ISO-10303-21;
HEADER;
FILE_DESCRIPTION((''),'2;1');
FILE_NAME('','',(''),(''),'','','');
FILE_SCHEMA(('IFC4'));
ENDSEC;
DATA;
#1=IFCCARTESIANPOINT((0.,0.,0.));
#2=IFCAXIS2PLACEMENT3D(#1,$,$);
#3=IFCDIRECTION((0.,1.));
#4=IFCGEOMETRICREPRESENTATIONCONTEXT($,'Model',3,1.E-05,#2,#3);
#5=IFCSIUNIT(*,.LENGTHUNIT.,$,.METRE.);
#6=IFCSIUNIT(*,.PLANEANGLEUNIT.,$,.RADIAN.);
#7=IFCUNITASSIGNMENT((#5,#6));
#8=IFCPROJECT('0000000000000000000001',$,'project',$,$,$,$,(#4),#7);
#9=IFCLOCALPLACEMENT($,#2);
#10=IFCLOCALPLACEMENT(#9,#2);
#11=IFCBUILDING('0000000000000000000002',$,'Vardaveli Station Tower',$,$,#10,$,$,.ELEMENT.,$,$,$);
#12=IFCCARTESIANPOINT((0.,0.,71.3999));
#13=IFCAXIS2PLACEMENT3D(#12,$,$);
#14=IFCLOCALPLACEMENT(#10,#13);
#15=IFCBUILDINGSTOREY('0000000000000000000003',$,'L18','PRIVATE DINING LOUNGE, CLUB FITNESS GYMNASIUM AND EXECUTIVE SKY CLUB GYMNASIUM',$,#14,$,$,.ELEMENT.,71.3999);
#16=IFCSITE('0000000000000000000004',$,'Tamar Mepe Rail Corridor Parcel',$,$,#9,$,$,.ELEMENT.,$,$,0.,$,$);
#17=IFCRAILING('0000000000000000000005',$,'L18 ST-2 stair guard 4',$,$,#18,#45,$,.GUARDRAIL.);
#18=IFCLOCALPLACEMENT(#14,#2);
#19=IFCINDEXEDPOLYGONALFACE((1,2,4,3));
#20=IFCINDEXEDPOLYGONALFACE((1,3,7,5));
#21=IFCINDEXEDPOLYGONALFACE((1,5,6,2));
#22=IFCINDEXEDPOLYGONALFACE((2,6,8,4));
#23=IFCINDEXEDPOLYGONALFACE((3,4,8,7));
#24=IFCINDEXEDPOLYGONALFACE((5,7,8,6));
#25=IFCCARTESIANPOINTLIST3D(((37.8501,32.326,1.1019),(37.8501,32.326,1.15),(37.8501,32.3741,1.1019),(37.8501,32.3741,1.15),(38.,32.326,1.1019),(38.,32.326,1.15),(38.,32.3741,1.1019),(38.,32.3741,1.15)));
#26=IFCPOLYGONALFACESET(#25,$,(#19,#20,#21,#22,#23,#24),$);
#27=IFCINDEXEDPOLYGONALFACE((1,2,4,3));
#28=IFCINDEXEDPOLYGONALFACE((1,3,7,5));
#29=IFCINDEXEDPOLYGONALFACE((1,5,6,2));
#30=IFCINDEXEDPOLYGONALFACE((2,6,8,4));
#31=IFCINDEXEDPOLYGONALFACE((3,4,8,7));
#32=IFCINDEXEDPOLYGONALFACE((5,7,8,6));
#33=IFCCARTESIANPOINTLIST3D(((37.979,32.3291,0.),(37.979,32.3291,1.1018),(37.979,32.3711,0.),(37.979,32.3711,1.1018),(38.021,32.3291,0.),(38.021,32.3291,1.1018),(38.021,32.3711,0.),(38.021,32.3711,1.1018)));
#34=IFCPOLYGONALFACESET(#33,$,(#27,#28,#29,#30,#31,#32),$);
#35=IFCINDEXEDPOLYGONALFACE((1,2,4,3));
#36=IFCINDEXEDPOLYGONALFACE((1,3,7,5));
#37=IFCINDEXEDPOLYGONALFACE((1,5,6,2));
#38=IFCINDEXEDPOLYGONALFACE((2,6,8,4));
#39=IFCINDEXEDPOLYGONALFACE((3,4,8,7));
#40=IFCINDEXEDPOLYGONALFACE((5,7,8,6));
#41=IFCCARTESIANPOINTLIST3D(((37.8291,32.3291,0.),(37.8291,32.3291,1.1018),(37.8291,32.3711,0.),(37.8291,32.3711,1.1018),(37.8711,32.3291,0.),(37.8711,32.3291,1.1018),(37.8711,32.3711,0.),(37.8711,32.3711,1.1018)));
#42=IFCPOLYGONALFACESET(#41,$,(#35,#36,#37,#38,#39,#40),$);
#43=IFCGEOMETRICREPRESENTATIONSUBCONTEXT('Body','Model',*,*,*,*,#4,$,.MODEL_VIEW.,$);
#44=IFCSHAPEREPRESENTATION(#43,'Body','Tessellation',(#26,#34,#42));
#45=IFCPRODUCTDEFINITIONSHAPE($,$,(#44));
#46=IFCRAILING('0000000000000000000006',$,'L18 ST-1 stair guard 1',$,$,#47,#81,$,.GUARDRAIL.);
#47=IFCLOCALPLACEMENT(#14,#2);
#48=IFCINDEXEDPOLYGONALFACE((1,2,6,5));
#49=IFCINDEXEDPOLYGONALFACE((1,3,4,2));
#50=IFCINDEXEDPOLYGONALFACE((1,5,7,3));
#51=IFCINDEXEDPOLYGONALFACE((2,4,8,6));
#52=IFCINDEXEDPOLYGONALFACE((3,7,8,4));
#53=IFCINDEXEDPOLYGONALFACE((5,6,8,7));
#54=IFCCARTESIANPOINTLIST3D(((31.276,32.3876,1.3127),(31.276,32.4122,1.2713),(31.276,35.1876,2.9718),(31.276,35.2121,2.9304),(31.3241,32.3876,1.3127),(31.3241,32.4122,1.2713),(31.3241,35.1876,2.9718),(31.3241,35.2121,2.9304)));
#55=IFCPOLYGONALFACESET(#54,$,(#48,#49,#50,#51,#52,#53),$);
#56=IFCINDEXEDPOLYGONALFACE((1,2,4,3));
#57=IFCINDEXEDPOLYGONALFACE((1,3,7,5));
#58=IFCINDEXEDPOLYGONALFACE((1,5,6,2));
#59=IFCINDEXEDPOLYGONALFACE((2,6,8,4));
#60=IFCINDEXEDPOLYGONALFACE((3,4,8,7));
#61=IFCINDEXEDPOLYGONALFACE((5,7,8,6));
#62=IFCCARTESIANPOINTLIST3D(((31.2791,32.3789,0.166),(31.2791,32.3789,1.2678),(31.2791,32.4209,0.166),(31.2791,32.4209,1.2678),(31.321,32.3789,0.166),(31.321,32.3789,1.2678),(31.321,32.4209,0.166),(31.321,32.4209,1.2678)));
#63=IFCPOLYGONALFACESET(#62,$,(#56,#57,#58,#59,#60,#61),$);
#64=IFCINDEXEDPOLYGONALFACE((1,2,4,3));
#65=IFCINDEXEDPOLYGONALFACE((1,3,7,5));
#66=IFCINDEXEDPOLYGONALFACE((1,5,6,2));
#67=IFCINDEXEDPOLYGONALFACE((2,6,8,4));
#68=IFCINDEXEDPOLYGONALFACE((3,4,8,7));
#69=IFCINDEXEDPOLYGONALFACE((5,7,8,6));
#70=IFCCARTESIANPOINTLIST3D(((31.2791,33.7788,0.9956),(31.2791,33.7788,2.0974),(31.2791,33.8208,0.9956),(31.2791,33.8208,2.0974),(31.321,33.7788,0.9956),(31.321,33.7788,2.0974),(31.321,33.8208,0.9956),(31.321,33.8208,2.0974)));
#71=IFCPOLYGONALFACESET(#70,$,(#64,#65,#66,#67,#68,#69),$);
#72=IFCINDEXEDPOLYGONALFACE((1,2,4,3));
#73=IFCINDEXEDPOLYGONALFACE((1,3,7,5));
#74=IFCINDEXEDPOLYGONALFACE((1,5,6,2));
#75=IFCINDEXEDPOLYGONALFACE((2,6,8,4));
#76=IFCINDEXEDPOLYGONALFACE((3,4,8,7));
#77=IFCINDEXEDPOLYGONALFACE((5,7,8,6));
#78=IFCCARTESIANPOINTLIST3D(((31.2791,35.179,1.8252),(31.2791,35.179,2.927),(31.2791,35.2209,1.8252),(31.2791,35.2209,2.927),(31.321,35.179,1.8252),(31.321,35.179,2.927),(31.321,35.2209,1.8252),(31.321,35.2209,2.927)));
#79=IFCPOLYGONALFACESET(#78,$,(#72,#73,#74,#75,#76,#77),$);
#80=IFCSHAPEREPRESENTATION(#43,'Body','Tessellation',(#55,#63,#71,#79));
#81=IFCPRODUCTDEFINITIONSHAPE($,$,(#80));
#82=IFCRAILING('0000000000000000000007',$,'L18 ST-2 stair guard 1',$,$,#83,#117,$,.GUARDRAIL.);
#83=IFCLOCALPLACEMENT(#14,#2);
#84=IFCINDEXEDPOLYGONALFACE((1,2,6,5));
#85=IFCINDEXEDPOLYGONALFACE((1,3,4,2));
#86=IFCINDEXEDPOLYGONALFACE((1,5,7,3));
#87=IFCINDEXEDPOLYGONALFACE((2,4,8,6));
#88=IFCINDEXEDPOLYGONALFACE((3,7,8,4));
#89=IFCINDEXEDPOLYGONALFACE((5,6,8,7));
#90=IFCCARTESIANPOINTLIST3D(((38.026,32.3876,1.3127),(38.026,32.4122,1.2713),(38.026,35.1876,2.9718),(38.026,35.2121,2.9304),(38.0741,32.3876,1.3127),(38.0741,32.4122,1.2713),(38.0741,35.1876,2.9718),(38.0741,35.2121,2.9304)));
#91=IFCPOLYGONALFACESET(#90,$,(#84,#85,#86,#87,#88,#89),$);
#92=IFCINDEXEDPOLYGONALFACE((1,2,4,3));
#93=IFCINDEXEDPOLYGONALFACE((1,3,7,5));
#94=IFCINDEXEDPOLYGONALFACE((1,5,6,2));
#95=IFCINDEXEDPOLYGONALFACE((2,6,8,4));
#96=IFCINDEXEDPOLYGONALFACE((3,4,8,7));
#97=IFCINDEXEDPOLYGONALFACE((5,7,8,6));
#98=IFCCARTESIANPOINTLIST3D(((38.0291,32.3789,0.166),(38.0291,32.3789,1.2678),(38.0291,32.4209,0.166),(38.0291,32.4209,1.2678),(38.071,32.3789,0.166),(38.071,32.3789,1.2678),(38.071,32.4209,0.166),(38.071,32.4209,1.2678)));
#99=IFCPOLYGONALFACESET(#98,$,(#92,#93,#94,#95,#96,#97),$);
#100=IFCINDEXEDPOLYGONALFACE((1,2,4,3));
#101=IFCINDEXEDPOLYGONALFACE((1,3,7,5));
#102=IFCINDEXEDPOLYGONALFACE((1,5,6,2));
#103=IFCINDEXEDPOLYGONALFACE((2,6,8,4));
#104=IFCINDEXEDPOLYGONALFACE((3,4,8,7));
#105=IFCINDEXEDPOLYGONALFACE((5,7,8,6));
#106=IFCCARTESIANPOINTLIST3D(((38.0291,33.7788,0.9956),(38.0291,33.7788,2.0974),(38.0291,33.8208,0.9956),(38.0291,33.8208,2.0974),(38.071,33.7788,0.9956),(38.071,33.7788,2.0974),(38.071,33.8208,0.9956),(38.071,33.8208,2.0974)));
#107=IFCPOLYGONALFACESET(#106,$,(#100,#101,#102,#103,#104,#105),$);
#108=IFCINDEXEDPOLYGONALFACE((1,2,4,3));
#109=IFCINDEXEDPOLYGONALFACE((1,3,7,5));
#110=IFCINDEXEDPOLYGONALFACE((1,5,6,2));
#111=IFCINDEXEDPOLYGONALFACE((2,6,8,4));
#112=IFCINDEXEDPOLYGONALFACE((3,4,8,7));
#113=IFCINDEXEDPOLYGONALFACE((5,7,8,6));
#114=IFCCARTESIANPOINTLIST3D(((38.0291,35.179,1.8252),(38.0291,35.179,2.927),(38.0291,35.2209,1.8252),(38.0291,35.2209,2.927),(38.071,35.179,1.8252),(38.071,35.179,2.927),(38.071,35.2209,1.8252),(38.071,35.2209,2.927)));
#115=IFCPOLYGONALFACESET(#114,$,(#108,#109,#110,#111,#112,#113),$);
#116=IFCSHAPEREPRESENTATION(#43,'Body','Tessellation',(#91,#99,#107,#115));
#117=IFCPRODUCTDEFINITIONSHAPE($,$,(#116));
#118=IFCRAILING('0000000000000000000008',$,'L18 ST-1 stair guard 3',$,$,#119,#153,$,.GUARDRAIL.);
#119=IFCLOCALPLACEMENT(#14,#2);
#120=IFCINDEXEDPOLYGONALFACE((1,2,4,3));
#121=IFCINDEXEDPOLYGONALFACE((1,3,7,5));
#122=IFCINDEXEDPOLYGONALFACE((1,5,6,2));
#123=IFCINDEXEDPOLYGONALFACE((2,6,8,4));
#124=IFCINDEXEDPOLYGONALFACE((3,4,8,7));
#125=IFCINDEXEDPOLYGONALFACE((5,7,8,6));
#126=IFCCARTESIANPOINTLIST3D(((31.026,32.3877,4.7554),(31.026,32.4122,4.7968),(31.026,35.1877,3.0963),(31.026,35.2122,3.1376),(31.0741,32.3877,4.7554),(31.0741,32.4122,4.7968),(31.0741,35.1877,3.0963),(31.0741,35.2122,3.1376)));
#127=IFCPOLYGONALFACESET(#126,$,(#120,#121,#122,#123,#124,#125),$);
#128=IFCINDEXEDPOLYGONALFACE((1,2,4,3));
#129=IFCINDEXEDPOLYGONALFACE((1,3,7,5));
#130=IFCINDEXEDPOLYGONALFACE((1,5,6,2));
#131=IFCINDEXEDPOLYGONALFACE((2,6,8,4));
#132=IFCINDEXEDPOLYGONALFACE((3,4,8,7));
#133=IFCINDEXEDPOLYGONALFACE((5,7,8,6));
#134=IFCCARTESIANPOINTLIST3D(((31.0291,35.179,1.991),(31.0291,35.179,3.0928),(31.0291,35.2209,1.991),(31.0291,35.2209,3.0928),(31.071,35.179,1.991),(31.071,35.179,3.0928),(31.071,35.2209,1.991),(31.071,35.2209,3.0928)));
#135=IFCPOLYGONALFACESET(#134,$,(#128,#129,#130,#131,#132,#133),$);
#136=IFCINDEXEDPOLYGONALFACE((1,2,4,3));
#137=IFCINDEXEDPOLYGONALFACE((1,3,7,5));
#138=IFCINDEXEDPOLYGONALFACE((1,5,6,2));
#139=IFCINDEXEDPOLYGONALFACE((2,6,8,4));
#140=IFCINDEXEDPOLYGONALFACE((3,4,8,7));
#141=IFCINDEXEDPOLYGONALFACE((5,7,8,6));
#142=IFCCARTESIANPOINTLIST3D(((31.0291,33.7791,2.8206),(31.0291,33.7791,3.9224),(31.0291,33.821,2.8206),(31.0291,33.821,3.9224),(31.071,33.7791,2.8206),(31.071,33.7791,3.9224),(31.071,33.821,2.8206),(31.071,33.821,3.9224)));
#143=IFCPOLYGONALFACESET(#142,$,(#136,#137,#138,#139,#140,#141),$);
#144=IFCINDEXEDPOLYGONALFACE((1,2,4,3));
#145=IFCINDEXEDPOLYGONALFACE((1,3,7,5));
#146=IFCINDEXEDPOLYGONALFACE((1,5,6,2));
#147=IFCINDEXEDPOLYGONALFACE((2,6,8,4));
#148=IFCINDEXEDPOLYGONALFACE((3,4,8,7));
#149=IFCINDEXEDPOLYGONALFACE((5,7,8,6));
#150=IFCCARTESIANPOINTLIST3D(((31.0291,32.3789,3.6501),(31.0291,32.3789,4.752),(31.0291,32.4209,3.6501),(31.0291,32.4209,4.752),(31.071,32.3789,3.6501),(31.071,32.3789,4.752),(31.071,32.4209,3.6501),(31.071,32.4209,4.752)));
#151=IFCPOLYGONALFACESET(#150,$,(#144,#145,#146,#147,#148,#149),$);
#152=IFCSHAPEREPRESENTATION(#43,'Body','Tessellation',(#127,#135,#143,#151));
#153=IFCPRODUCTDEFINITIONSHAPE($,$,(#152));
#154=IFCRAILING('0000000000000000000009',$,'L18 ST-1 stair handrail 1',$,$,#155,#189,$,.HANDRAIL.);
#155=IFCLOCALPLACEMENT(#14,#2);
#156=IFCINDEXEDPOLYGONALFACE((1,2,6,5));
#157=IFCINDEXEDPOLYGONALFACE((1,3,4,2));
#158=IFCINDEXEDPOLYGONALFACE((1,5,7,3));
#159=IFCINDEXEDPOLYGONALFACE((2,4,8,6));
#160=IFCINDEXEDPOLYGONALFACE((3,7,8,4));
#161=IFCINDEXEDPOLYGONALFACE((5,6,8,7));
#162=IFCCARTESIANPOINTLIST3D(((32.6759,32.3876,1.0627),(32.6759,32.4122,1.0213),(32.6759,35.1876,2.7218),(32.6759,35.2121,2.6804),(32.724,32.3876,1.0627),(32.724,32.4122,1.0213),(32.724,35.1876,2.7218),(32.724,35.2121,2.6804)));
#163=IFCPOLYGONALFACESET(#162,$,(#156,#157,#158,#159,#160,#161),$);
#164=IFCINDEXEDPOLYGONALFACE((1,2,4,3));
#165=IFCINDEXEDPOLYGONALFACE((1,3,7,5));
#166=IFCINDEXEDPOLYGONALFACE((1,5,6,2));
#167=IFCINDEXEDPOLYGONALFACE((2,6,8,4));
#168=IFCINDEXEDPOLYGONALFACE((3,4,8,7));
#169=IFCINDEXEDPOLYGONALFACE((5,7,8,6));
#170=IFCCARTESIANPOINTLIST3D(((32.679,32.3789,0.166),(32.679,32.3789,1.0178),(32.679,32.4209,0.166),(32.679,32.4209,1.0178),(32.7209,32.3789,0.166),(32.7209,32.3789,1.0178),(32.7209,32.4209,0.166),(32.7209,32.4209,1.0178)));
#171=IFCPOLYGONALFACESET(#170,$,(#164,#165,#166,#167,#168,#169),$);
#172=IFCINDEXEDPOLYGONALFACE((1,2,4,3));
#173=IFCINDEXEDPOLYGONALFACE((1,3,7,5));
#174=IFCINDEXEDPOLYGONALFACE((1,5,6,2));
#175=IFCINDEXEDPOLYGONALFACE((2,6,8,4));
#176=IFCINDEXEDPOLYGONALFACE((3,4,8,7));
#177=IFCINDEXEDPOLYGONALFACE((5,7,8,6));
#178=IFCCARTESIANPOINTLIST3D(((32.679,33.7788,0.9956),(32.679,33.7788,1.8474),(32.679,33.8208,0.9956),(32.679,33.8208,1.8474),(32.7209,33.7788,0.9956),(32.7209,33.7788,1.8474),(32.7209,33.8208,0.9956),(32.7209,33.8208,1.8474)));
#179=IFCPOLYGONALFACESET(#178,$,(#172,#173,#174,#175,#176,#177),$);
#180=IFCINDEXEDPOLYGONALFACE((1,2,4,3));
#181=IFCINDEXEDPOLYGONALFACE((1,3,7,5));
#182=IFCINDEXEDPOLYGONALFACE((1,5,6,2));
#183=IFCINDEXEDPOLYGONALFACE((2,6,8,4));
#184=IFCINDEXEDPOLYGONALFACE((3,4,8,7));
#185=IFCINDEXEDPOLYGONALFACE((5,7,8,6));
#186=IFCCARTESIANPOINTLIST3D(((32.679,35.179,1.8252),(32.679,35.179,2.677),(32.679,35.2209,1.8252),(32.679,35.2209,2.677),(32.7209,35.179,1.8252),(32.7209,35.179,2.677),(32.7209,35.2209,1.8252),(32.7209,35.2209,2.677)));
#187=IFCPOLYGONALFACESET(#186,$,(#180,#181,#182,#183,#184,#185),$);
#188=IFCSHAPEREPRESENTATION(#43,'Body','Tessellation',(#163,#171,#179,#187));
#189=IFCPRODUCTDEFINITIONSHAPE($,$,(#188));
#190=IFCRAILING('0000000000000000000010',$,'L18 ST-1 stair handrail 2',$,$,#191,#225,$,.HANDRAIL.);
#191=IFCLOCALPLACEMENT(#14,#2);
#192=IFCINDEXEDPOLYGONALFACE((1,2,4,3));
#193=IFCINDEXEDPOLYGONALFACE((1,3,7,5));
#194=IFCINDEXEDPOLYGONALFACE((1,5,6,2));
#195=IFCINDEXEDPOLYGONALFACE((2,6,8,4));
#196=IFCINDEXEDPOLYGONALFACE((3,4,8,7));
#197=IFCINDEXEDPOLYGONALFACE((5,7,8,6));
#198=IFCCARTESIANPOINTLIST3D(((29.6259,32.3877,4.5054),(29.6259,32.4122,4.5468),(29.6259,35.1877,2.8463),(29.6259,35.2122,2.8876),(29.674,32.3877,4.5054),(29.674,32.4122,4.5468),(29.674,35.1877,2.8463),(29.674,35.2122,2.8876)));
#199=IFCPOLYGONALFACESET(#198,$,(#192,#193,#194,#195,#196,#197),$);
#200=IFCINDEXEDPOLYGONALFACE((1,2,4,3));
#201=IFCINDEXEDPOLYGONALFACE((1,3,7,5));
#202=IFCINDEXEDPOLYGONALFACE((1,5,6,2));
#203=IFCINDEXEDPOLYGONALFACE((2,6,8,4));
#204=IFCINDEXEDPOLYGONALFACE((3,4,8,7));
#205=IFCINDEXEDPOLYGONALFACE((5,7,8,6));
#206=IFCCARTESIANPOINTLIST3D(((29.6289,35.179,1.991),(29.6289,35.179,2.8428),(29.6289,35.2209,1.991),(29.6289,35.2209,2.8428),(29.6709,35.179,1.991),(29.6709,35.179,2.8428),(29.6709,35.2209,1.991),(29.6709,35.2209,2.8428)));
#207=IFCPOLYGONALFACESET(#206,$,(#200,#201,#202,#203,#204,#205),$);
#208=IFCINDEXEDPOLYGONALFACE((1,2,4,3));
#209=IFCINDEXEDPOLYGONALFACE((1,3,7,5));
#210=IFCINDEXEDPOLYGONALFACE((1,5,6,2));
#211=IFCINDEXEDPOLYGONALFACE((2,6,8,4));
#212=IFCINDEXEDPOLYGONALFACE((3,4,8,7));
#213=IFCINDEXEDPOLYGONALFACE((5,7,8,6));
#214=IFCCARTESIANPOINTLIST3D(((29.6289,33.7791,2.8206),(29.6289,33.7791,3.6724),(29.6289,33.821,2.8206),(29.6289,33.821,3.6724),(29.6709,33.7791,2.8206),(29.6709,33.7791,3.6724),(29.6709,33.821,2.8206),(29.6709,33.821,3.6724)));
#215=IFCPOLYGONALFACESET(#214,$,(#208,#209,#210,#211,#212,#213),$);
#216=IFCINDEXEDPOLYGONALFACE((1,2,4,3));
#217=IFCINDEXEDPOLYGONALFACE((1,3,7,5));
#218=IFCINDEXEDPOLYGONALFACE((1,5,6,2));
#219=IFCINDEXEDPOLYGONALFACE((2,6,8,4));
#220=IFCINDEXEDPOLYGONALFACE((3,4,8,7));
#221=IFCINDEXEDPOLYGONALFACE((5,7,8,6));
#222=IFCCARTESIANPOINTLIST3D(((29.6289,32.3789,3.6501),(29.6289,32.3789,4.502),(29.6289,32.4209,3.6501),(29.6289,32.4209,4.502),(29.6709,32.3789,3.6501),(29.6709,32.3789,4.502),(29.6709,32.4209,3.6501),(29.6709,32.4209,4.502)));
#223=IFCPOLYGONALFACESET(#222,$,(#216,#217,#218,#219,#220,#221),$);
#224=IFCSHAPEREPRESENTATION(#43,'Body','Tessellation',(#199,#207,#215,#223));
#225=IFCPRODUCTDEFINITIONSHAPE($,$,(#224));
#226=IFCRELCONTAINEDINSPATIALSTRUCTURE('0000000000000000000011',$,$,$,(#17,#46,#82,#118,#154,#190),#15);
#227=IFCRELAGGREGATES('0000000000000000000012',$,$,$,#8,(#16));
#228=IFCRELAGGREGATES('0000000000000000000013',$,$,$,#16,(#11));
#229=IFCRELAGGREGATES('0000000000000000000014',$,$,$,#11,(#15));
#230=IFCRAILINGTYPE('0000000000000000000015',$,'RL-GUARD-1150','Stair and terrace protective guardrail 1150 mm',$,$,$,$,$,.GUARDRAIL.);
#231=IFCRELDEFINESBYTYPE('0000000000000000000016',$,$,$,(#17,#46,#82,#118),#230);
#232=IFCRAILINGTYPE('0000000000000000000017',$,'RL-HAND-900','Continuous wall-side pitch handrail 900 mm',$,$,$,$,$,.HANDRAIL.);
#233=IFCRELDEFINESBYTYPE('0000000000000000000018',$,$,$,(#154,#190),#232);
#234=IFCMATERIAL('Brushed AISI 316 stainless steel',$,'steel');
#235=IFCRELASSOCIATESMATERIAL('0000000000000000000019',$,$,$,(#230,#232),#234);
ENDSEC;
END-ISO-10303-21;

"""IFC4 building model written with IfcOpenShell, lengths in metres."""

from ifc_helpers import new_model, si_unit, direction, frame, origin, origin_2d, place, context, subcontext, project, spatial, rectangle, extrude, source, transform, mapped, material, type_object, element, save


model = new_model("IFC4")

# Units and contexts
model_context = context("Model", 3, precision=1e-05, world=origin(), true_north=direction((0.0, 1.0)))
body_context = subcontext(model_context, "Body", "Model", "MODEL_VIEW")
ifc_project = project(units=[si_unit("LENGTHUNIT", "METRE"), si_unit("PLANEANGLEUNIT", "RADIAN")], contexts=[model_context])

# Site, building, storey
site_placement = place(None, origin())
site = spatial("IfcSite", under=ifc_project, at=site_placement, Name="Tamar Mepe Rail Corridor Parcel", CompositionType="ELEMENT", RefElevation=0.0)
building_placement = place(site_placement, origin())
building = spatial("IfcBuilding", under=site, at=building_placement, Name="Vardaveli Station Tower", CompositionType="ELEMENT")
storey_placement = place(building_placement, frame((0.0, 0.0, 71.3999)))
storey = spatial("IfcBuildingStorey", under=building, at=storey_placement, Name="L18", Description="PRIVATE DINING LOUNGE, CLUB FITNESS GYMNASIUM AND EXECUTIVE SKY CLUB GYMNASIUM", CompositionType="ELEMENT", Elevation=71.3999)

# Railings
ifc_material_1 = material(Name="Brushed AISI 316 stainless steel", Category="steel")
railing_type_1 = type_object("IfcRailingType", Name="RL-GUARD-1150", Description="Stair and terrace protective guardrail 1150 mm", PredefinedType="GUARDRAIL", material=ifc_material_1)
shared_shape_1 = source(origin(), body_context, "Body", "SweptSolid", [
    extrude(rectangle(XDim=0.0481, YDim=0.0481, at=origin_2d()), frame((0.0, 0.0, 1.126), z_axis=(-1.0, 0.0, 0.0), x_axis=(0.0, -1.0, 0.0)), (0.0, 0.0, 1.0), 0.1499),
    extrude(rectangle(XDim=0.042, YDim=0.042, at=origin_2d()), origin(), (0.0, 0.0, 1.0), 1.1018),
    extrude(rectangle(XDim=0.042, YDim=0.042, at=origin_2d()), frame((-0.1499, 0.0, 0.0)), (0.0, 0.0, 1.0), 1.1018),
])
for number, where, name in (
    (1, (38.0, 32.3501, 0.0), "L18 ST-2 stair guard 4"),
):
    element("IfcRailing", number, at=place(storey_placement, frame(where)), inside=storey, type_object=railing_type_1, Name=name, PredefinedType="GUARDRAIL", context=body_context, shape_type="MappedRepresentation", body=[
        mapped(shared_shape_1, transform((0.0, 0.0, 0.0), scale=1.0)),
    ])
shared_shape_2 = source(origin(), body_context, "Body", "SweptSolid", [
    extrude(rectangle(XDim=0.0481, YDim=0.0481, at=origin_2d()), frame((0.0, 0.0, 1.126), z_axis=(0.0, 0.860306, 0.509778), x_axis=(-1.0, 0.0, 0.0)), (0.0, 0.0, 1.0), 3.2546),
    extrude(rectangle(XDim=0.042, YDim=0.042, at=origin_2d()), origin(), (0.0, 0.0, 1.0), 1.1018),
    extrude(rectangle(XDim=0.042, YDim=0.042, at=origin_2d()), frame((0.0, 1.3999, 0.8296)), (0.0, 0.0, 1.0), 1.1018),
    extrude(rectangle(XDim=0.042, YDim=0.042, at=origin_2d()), frame((0.0, 2.8, 1.6592)), (0.0, 0.0, 1.0), 1.1018),
])
for number, where, name in (
    (2, (31.3, 32.3999, 0.166), "L18 ST-1 stair guard 1"),
    (3, (38.05, 32.3999, 0.166), "L18 ST-2 stair guard 1"),
):
    element("IfcRailing", number, at=place(storey_placement, frame(where)), inside=storey, type_object=railing_type_1, Name=name, PredefinedType="GUARDRAIL", context=body_context, shape_type="MappedRepresentation", body=[
        mapped(shared_shape_2, transform((0.0, 0.0, 0.0), scale=1.0)),
    ])
shared_shape_3 = source(origin(), body_context, "Body", "SweptSolid", [
    extrude(rectangle(XDim=0.0481, YDim=0.0481, at=origin_2d()), frame((0.0, 0.0, 1.126), z_axis=(0.0, -0.860306, 0.509778), x_axis=(1.0, 0.0, 0.0)), (0.0, 0.0, 1.0), 3.2546),
    extrude(rectangle(XDim=0.042, YDim=0.042, at=origin_2d()), origin(), (0.0, 0.0, 1.0), 1.1018),
    extrude(rectangle(XDim=0.042, YDim=0.042, at=origin_2d()), frame((0.0, -1.3999, 0.8296)), (0.0, 0.0, 1.0), 1.1018),
    extrude(rectangle(XDim=0.042, YDim=0.042, at=origin_2d()), frame((0.0, -2.8, 1.6592)), (0.0, 0.0, 1.0), 1.1018),
])
railing_1_placement = place(storey_placement, frame((31.05, 35.2, 1.991)))
element("IfcRailing", 4, at=railing_1_placement, inside=storey, type_object=railing_type_1, Name="L18 ST-1 stair guard 3", PredefinedType="GUARDRAIL", context=body_context, shape_type="MappedRepresentation", body=[
    mapped(shared_shape_3, transform((0.0, 0.0, 0.0), scale=1.0)),
])
railing_type_2 = type_object("IfcRailingType", Name="RL-HAND-900", Description="Continuous wall-side pitch handrail 900 mm", PredefinedType="HANDRAIL", material=ifc_material_1)
shared_shape_4 = source(origin(), body_context, "Body", "SweptSolid", [
    extrude(rectangle(XDim=0.0481, YDim=0.0481, at=origin_2d()), frame((0.0, 0.0, 0.876), z_axis=(0.0, 0.860306, 0.509778), x_axis=(-1.0, 0.0, 0.0)), (0.0, 0.0, 1.0), 3.2546),
    extrude(rectangle(XDim=0.042, YDim=0.042, at=origin_2d()), origin(), (0.0, 0.0, 1.0), 0.8518),
    extrude(rectangle(XDim=0.042, YDim=0.042, at=origin_2d()), frame((0.0, 1.3999, 0.8296)), (0.0, 0.0, 1.0), 0.8518),
    extrude(rectangle(XDim=0.042, YDim=0.042, at=origin_2d()), frame((0.0, 2.8, 1.6592)), (0.0, 0.0, 1.0), 0.8518),
])
railing_2_placement = place(storey_placement, frame((32.7, 32.3999, 0.166)))
element("IfcRailing", 5, at=railing_2_placement, inside=storey, type_object=railing_type_2, Name="L18 ST-1 stair handrail 1", PredefinedType="HANDRAIL", context=body_context, shape_type="MappedRepresentation", body=[
    mapped(shared_shape_4, transform((0.0, 0.0, 0.0), scale=1.0)),
])
shared_shape_5 = source(origin(), body_context, "Body", "SweptSolid", [
    extrude(rectangle(XDim=0.0481, YDim=0.0481, at=origin_2d()), frame((0.0, 0.0, 0.876), z_axis=(0.0, -0.860306, 0.509778), x_axis=(1.0, 0.0, 0.0)), (0.0, 0.0, 1.0), 3.2546),
    extrude(rectangle(XDim=0.042, YDim=0.042, at=origin_2d()), origin(), (0.0, 0.0, 1.0), 0.8518),
    extrude(rectangle(XDim=0.042, YDim=0.042, at=origin_2d()), frame((0.0, -1.3999, 0.8296)), (0.0, 0.0, 1.0), 0.8518),
    extrude(rectangle(XDim=0.042, YDim=0.042, at=origin_2d()), frame((0.0, -2.8, 1.6592)), (0.0, 0.0, 1.0), 0.8518),
])
for number, where, name in (
    (6, (29.6499, 35.2, 1.991), "L18 ST-1 stair handrail 2"),
):
    element("IfcRailing", number, at=place(storey_placement, frame(where)), inside=storey, type_object=railing_type_2, Name=name, PredefinedType="HANDRAIL", context=body_context, shape_type="MappedRepresentation", body=[
        mapped(shared_shape_5, transform((0.0, 0.0, 0.0), scale=1.0)),
    ])

save(model, "model.ifc")
